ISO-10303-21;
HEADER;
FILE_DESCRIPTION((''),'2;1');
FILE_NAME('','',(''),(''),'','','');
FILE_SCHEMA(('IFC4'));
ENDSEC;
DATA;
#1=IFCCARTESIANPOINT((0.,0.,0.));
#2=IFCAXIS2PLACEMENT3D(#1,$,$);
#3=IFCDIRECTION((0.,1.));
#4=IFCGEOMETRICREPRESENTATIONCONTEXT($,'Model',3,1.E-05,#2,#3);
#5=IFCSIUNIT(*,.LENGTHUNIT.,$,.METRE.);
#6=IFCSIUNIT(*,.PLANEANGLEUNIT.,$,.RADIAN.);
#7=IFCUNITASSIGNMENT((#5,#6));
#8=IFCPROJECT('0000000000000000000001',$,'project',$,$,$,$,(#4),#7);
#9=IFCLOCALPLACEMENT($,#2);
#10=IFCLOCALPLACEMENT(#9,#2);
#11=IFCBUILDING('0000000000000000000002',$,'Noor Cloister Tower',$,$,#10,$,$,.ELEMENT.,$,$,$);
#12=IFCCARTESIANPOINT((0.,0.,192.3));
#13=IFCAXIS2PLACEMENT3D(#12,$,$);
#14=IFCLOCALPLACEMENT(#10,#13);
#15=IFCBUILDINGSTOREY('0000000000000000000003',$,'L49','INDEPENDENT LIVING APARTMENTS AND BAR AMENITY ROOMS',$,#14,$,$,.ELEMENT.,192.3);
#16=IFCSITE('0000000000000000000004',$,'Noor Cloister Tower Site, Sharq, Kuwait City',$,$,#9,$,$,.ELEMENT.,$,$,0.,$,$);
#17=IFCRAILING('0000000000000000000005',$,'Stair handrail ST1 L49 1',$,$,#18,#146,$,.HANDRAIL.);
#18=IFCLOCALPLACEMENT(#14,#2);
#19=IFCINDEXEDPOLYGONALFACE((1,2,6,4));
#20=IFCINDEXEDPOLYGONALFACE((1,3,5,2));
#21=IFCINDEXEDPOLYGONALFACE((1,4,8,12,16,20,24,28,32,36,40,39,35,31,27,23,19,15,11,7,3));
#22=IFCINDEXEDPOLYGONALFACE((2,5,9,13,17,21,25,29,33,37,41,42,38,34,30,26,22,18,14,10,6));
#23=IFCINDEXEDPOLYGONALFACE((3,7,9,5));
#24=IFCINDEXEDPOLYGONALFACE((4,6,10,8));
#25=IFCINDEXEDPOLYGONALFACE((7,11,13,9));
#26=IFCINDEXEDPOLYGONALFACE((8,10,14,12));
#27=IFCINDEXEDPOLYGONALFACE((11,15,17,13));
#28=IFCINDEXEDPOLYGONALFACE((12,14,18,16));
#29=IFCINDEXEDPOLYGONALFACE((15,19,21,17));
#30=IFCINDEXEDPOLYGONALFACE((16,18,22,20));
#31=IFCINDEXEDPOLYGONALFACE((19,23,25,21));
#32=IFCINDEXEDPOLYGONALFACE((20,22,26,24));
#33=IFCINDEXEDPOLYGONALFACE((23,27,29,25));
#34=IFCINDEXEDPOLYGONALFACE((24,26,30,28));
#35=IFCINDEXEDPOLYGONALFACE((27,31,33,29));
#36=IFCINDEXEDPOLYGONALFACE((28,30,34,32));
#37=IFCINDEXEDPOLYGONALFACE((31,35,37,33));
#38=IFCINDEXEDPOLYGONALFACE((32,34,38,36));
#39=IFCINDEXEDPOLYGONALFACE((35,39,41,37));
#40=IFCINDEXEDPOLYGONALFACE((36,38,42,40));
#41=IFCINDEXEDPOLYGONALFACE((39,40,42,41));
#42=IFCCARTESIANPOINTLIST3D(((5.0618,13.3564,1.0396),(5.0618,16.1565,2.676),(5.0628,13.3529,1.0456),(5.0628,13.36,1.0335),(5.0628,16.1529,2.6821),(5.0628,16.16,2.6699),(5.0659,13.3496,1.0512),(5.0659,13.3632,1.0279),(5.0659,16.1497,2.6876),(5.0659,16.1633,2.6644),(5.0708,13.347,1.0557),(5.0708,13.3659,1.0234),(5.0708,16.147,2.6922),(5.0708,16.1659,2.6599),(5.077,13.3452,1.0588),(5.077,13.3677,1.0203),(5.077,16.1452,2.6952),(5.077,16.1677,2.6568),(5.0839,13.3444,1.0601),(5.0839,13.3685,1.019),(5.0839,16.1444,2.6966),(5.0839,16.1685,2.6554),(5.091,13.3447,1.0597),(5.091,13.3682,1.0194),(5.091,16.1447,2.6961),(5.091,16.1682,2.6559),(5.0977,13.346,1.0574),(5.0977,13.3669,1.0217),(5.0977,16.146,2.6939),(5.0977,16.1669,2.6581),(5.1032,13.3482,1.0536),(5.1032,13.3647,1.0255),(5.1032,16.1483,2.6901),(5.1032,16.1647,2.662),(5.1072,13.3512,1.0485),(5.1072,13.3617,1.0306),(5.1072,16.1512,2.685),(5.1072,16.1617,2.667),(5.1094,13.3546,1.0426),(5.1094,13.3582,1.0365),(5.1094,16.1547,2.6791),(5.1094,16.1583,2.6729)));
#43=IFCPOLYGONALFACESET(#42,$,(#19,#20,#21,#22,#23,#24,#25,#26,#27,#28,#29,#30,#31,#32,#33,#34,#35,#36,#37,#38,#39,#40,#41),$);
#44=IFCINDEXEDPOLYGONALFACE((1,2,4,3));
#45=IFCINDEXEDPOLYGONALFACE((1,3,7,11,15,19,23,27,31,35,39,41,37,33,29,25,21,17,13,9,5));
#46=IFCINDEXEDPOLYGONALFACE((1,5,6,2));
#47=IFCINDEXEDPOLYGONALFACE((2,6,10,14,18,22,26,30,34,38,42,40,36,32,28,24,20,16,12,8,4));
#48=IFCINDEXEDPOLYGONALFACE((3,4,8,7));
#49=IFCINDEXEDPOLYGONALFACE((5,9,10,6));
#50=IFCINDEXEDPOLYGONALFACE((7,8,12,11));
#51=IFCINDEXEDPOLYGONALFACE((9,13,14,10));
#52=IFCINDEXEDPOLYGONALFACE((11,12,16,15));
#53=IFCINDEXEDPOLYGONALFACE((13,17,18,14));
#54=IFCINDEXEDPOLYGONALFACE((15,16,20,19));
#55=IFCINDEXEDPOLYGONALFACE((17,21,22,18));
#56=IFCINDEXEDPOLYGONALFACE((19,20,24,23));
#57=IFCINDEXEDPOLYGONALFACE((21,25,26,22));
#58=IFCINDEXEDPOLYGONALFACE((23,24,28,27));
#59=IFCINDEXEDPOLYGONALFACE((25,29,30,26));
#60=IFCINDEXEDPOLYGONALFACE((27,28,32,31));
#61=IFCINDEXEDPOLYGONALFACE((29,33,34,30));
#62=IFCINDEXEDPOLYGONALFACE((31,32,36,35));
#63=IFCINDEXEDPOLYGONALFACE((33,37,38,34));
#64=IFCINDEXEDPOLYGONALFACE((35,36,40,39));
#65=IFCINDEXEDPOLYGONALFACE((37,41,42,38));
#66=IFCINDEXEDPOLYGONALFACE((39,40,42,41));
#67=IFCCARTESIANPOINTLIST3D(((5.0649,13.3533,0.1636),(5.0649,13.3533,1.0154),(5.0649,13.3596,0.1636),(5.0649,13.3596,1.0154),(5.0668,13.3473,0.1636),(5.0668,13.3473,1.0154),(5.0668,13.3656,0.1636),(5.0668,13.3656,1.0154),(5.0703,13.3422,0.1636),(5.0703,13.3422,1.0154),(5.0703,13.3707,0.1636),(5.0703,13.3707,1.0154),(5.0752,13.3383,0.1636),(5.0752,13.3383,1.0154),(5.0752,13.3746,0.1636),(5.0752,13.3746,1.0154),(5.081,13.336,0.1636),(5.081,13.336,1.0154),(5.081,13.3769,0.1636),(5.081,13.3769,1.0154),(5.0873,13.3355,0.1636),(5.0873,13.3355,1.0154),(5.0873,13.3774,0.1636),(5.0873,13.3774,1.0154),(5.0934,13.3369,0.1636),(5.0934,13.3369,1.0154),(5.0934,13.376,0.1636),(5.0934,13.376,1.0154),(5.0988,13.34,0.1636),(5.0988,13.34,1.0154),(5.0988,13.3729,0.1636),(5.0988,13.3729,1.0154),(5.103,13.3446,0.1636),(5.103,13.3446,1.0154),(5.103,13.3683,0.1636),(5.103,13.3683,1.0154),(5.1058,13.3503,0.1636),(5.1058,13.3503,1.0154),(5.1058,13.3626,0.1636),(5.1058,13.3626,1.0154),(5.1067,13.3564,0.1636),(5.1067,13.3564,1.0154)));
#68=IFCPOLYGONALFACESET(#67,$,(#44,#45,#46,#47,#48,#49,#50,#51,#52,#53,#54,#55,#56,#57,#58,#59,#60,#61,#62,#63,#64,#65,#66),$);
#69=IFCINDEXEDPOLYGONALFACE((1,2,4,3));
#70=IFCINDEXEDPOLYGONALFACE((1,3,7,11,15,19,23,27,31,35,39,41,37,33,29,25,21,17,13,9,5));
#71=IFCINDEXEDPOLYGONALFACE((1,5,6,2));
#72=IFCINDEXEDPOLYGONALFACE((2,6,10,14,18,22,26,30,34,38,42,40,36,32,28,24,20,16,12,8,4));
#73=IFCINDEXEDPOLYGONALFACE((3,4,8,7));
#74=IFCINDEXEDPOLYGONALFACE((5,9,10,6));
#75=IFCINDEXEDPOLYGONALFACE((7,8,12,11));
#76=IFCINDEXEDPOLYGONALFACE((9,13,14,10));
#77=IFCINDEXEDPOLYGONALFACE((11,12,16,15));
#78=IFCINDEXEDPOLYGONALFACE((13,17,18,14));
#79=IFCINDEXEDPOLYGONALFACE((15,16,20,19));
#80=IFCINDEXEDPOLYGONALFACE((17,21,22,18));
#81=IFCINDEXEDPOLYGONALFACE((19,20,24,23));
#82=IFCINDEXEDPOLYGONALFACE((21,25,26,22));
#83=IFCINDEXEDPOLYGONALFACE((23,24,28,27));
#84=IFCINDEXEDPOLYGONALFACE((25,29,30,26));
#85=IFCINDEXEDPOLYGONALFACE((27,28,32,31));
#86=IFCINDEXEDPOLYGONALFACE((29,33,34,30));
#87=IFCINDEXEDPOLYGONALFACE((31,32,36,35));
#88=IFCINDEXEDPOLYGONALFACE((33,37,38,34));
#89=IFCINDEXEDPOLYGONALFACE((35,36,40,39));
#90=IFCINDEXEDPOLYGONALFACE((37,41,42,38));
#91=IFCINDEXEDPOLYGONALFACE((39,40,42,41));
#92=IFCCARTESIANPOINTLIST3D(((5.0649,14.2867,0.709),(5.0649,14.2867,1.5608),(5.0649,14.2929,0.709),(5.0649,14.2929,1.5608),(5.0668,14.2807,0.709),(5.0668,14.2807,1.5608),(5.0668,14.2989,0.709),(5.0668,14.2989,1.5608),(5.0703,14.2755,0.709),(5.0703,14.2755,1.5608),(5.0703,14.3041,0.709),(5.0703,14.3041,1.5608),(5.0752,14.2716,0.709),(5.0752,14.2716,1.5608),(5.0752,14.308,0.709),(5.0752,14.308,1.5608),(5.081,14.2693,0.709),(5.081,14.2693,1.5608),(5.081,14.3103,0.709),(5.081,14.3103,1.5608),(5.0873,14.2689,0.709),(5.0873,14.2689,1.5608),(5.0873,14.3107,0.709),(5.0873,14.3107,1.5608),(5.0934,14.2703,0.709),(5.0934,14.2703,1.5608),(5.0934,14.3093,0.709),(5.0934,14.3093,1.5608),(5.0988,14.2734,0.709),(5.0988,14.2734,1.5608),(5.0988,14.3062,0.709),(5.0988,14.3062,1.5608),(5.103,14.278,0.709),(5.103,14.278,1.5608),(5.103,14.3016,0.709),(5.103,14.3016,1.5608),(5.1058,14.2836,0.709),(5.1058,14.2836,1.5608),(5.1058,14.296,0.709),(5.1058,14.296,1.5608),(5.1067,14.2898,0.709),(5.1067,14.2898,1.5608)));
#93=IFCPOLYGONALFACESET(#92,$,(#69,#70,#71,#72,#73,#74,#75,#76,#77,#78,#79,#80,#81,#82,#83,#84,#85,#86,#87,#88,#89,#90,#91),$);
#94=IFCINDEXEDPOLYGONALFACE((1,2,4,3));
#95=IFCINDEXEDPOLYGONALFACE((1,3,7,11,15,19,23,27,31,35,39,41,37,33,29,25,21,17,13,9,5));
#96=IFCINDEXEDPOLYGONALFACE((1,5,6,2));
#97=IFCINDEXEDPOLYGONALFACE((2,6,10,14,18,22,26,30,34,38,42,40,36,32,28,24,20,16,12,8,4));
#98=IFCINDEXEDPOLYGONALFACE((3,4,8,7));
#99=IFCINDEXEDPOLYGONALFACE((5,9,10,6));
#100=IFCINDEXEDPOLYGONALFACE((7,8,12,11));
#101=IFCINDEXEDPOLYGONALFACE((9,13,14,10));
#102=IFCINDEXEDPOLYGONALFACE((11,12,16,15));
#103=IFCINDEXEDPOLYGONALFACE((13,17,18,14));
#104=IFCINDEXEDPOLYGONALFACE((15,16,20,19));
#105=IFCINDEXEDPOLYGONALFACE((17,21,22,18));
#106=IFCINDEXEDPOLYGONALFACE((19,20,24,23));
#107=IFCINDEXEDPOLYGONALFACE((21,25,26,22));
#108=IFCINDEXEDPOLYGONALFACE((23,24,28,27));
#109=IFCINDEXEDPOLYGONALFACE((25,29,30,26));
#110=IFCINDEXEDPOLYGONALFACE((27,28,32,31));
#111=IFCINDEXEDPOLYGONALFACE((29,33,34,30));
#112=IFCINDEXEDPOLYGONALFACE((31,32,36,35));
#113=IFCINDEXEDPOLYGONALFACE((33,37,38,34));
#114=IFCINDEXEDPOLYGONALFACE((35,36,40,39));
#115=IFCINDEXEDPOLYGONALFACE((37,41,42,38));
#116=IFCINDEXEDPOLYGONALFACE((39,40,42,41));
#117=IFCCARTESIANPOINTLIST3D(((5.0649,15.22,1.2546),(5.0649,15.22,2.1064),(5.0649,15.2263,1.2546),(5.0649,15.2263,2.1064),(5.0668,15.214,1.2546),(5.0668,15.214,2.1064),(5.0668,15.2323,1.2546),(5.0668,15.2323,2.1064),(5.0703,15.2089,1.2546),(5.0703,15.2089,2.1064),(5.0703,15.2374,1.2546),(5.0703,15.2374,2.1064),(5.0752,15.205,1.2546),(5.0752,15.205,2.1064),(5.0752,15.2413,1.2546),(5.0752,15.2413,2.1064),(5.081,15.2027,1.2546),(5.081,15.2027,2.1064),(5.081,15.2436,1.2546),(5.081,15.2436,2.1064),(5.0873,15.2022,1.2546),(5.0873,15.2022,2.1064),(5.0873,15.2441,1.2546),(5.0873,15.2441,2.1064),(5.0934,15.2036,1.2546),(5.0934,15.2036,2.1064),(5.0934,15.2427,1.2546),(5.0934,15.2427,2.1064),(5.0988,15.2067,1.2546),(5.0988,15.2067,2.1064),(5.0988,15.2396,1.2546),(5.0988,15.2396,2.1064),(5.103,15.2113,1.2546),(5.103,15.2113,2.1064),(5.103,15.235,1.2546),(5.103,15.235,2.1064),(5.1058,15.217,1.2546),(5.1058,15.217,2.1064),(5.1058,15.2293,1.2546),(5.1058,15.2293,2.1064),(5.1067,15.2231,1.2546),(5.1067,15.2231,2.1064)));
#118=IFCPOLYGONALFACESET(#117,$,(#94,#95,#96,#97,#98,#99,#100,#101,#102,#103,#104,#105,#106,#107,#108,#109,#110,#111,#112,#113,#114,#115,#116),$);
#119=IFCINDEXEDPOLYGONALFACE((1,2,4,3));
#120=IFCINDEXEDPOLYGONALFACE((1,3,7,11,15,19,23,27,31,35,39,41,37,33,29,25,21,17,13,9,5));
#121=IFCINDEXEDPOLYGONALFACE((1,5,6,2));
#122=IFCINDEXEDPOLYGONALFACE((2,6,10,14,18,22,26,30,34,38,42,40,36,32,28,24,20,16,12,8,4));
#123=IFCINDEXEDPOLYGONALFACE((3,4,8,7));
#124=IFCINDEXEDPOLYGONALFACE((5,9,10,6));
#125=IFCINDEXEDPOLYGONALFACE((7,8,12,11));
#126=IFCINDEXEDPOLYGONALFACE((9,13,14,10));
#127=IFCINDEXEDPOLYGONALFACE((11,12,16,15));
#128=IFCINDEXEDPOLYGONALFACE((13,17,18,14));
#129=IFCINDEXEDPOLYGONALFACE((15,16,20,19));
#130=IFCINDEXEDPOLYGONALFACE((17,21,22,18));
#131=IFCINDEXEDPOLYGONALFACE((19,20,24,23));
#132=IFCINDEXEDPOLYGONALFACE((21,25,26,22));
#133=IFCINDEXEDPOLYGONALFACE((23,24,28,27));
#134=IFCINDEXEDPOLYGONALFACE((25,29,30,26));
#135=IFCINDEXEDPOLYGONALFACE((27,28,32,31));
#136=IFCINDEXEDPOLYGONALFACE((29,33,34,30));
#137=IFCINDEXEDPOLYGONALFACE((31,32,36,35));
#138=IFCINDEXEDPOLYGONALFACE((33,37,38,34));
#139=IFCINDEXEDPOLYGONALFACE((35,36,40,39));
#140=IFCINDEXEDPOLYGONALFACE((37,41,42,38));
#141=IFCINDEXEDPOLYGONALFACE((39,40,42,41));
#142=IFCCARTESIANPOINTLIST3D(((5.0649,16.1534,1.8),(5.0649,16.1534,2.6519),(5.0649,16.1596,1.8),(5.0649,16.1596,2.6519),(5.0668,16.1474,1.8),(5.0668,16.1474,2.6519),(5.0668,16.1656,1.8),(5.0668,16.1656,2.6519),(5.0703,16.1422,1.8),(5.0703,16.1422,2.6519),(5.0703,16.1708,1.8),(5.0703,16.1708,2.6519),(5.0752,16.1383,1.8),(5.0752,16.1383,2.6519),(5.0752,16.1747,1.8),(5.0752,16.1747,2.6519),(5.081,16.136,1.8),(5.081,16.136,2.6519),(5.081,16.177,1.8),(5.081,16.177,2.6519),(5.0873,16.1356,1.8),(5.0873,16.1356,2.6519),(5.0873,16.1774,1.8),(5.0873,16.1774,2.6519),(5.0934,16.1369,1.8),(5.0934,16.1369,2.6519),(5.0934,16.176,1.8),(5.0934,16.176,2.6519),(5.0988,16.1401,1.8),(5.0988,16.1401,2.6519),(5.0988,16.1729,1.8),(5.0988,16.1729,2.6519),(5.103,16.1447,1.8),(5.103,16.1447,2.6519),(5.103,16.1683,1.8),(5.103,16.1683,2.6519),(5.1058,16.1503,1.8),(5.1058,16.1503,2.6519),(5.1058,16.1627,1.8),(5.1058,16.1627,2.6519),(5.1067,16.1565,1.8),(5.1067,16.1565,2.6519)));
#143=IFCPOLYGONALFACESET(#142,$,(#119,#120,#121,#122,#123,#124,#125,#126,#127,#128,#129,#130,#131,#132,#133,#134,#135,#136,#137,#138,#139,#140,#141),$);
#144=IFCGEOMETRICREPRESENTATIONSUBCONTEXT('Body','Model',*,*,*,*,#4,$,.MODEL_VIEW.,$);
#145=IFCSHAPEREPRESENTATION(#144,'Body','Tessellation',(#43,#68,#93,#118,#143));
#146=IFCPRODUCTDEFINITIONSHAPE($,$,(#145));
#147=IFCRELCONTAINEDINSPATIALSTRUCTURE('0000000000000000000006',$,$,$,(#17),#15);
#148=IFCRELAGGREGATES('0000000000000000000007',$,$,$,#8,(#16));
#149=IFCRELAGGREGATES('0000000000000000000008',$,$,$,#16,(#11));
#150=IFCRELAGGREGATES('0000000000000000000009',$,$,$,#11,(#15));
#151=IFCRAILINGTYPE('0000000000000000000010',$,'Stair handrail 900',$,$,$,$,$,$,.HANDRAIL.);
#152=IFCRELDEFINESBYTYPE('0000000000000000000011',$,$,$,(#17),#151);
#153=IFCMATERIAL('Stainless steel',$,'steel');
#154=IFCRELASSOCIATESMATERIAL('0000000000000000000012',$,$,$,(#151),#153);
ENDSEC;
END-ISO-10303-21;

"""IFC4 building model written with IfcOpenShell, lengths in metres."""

from ifc_helpers import new_model, si_unit, direction, frame, origin, origin_2d, place, context, subcontext, project, spatial, circle, extrude, material, type_object, element, save


model = new_model("IFC4")

# Units and contexts
model_context = context("Model", 3, precision=1e-05, world=origin(), true_north=direction((0.0, 1.0)))
body_context = subcontext(model_context, "Body", "Model", "MODEL_VIEW")
ifc_project = project(units=[si_unit("LENGTHUNIT", "METRE"), si_unit("PLANEANGLEUNIT", "RADIAN")], contexts=[model_context])

# Site, building, storey
site_placement = place(None, origin())
site = spatial("IfcSite", under=ifc_project, at=site_placement, Name="Noor Cloister Tower Site, Sharq, Kuwait City", CompositionType="ELEMENT", RefElevation=0.0)
building_placement = place(site_placement, origin())
building = spatial("IfcBuilding", under=site, at=building_placement, Name="Noor Cloister Tower", CompositionType="ELEMENT")
storey_placement = place(building_placement, frame((0.0, 0.0, 192.3)))
storey = spatial("IfcBuildingStorey", under=building, at=storey_placement, Name="L49", Description="INDEPENDENT LIVING APARTMENTS AND BAR AMENITY ROOMS", CompositionType="ELEMENT", Elevation=192.3)

# Railing
ifc_material_1 = material(Name="Stainless steel", Category="steel")
railing_type_1 = type_object("IfcRailingType", Name="Stair handrail 900", PredefinedType="HANDRAIL", material=ifc_material_1)
railing_1_placement = place(storey_placement, frame((5.0857, 13.3564, 0.1636)))
element("IfcRailing", 1, at=railing_1_placement, inside=storey, type_object=railing_type_1, Name="Stair handrail ST1 L49 1", PredefinedType="HANDRAIL", context=body_context, shape_type="SweptSolid", body=[
    extrude(circle(Radius=0.0239, at=origin_2d()), frame((0.0, 0.0, 0.876), z_axis=(0.0, 0.863361, 0.504587), x_axis=(-1.0, 0.0, 0.0)), (0.0, 0.0, 1.0), 3.2432),
    extrude(circle(Radius=0.021, at=origin_2d()), origin(), (0.0, 0.0, 1.0), 0.8518),
    extrude(circle(Radius=0.021, at=origin_2d()), frame((0.0, 0.9333, 0.5454)), (0.0, 0.0, 1.0), 0.8518),
    extrude(circle(Radius=0.021, at=origin_2d()), frame((0.0, 1.8667, 1.0911)), (0.0, 0.0, 1.0), 0.8518),
    extrude(circle(Radius=0.021, at=origin_2d()), frame((0.0, 2.8, 1.6365)), (0.0, 0.0, 1.0), 0.8518),
])

save(model, "model.ifc")
